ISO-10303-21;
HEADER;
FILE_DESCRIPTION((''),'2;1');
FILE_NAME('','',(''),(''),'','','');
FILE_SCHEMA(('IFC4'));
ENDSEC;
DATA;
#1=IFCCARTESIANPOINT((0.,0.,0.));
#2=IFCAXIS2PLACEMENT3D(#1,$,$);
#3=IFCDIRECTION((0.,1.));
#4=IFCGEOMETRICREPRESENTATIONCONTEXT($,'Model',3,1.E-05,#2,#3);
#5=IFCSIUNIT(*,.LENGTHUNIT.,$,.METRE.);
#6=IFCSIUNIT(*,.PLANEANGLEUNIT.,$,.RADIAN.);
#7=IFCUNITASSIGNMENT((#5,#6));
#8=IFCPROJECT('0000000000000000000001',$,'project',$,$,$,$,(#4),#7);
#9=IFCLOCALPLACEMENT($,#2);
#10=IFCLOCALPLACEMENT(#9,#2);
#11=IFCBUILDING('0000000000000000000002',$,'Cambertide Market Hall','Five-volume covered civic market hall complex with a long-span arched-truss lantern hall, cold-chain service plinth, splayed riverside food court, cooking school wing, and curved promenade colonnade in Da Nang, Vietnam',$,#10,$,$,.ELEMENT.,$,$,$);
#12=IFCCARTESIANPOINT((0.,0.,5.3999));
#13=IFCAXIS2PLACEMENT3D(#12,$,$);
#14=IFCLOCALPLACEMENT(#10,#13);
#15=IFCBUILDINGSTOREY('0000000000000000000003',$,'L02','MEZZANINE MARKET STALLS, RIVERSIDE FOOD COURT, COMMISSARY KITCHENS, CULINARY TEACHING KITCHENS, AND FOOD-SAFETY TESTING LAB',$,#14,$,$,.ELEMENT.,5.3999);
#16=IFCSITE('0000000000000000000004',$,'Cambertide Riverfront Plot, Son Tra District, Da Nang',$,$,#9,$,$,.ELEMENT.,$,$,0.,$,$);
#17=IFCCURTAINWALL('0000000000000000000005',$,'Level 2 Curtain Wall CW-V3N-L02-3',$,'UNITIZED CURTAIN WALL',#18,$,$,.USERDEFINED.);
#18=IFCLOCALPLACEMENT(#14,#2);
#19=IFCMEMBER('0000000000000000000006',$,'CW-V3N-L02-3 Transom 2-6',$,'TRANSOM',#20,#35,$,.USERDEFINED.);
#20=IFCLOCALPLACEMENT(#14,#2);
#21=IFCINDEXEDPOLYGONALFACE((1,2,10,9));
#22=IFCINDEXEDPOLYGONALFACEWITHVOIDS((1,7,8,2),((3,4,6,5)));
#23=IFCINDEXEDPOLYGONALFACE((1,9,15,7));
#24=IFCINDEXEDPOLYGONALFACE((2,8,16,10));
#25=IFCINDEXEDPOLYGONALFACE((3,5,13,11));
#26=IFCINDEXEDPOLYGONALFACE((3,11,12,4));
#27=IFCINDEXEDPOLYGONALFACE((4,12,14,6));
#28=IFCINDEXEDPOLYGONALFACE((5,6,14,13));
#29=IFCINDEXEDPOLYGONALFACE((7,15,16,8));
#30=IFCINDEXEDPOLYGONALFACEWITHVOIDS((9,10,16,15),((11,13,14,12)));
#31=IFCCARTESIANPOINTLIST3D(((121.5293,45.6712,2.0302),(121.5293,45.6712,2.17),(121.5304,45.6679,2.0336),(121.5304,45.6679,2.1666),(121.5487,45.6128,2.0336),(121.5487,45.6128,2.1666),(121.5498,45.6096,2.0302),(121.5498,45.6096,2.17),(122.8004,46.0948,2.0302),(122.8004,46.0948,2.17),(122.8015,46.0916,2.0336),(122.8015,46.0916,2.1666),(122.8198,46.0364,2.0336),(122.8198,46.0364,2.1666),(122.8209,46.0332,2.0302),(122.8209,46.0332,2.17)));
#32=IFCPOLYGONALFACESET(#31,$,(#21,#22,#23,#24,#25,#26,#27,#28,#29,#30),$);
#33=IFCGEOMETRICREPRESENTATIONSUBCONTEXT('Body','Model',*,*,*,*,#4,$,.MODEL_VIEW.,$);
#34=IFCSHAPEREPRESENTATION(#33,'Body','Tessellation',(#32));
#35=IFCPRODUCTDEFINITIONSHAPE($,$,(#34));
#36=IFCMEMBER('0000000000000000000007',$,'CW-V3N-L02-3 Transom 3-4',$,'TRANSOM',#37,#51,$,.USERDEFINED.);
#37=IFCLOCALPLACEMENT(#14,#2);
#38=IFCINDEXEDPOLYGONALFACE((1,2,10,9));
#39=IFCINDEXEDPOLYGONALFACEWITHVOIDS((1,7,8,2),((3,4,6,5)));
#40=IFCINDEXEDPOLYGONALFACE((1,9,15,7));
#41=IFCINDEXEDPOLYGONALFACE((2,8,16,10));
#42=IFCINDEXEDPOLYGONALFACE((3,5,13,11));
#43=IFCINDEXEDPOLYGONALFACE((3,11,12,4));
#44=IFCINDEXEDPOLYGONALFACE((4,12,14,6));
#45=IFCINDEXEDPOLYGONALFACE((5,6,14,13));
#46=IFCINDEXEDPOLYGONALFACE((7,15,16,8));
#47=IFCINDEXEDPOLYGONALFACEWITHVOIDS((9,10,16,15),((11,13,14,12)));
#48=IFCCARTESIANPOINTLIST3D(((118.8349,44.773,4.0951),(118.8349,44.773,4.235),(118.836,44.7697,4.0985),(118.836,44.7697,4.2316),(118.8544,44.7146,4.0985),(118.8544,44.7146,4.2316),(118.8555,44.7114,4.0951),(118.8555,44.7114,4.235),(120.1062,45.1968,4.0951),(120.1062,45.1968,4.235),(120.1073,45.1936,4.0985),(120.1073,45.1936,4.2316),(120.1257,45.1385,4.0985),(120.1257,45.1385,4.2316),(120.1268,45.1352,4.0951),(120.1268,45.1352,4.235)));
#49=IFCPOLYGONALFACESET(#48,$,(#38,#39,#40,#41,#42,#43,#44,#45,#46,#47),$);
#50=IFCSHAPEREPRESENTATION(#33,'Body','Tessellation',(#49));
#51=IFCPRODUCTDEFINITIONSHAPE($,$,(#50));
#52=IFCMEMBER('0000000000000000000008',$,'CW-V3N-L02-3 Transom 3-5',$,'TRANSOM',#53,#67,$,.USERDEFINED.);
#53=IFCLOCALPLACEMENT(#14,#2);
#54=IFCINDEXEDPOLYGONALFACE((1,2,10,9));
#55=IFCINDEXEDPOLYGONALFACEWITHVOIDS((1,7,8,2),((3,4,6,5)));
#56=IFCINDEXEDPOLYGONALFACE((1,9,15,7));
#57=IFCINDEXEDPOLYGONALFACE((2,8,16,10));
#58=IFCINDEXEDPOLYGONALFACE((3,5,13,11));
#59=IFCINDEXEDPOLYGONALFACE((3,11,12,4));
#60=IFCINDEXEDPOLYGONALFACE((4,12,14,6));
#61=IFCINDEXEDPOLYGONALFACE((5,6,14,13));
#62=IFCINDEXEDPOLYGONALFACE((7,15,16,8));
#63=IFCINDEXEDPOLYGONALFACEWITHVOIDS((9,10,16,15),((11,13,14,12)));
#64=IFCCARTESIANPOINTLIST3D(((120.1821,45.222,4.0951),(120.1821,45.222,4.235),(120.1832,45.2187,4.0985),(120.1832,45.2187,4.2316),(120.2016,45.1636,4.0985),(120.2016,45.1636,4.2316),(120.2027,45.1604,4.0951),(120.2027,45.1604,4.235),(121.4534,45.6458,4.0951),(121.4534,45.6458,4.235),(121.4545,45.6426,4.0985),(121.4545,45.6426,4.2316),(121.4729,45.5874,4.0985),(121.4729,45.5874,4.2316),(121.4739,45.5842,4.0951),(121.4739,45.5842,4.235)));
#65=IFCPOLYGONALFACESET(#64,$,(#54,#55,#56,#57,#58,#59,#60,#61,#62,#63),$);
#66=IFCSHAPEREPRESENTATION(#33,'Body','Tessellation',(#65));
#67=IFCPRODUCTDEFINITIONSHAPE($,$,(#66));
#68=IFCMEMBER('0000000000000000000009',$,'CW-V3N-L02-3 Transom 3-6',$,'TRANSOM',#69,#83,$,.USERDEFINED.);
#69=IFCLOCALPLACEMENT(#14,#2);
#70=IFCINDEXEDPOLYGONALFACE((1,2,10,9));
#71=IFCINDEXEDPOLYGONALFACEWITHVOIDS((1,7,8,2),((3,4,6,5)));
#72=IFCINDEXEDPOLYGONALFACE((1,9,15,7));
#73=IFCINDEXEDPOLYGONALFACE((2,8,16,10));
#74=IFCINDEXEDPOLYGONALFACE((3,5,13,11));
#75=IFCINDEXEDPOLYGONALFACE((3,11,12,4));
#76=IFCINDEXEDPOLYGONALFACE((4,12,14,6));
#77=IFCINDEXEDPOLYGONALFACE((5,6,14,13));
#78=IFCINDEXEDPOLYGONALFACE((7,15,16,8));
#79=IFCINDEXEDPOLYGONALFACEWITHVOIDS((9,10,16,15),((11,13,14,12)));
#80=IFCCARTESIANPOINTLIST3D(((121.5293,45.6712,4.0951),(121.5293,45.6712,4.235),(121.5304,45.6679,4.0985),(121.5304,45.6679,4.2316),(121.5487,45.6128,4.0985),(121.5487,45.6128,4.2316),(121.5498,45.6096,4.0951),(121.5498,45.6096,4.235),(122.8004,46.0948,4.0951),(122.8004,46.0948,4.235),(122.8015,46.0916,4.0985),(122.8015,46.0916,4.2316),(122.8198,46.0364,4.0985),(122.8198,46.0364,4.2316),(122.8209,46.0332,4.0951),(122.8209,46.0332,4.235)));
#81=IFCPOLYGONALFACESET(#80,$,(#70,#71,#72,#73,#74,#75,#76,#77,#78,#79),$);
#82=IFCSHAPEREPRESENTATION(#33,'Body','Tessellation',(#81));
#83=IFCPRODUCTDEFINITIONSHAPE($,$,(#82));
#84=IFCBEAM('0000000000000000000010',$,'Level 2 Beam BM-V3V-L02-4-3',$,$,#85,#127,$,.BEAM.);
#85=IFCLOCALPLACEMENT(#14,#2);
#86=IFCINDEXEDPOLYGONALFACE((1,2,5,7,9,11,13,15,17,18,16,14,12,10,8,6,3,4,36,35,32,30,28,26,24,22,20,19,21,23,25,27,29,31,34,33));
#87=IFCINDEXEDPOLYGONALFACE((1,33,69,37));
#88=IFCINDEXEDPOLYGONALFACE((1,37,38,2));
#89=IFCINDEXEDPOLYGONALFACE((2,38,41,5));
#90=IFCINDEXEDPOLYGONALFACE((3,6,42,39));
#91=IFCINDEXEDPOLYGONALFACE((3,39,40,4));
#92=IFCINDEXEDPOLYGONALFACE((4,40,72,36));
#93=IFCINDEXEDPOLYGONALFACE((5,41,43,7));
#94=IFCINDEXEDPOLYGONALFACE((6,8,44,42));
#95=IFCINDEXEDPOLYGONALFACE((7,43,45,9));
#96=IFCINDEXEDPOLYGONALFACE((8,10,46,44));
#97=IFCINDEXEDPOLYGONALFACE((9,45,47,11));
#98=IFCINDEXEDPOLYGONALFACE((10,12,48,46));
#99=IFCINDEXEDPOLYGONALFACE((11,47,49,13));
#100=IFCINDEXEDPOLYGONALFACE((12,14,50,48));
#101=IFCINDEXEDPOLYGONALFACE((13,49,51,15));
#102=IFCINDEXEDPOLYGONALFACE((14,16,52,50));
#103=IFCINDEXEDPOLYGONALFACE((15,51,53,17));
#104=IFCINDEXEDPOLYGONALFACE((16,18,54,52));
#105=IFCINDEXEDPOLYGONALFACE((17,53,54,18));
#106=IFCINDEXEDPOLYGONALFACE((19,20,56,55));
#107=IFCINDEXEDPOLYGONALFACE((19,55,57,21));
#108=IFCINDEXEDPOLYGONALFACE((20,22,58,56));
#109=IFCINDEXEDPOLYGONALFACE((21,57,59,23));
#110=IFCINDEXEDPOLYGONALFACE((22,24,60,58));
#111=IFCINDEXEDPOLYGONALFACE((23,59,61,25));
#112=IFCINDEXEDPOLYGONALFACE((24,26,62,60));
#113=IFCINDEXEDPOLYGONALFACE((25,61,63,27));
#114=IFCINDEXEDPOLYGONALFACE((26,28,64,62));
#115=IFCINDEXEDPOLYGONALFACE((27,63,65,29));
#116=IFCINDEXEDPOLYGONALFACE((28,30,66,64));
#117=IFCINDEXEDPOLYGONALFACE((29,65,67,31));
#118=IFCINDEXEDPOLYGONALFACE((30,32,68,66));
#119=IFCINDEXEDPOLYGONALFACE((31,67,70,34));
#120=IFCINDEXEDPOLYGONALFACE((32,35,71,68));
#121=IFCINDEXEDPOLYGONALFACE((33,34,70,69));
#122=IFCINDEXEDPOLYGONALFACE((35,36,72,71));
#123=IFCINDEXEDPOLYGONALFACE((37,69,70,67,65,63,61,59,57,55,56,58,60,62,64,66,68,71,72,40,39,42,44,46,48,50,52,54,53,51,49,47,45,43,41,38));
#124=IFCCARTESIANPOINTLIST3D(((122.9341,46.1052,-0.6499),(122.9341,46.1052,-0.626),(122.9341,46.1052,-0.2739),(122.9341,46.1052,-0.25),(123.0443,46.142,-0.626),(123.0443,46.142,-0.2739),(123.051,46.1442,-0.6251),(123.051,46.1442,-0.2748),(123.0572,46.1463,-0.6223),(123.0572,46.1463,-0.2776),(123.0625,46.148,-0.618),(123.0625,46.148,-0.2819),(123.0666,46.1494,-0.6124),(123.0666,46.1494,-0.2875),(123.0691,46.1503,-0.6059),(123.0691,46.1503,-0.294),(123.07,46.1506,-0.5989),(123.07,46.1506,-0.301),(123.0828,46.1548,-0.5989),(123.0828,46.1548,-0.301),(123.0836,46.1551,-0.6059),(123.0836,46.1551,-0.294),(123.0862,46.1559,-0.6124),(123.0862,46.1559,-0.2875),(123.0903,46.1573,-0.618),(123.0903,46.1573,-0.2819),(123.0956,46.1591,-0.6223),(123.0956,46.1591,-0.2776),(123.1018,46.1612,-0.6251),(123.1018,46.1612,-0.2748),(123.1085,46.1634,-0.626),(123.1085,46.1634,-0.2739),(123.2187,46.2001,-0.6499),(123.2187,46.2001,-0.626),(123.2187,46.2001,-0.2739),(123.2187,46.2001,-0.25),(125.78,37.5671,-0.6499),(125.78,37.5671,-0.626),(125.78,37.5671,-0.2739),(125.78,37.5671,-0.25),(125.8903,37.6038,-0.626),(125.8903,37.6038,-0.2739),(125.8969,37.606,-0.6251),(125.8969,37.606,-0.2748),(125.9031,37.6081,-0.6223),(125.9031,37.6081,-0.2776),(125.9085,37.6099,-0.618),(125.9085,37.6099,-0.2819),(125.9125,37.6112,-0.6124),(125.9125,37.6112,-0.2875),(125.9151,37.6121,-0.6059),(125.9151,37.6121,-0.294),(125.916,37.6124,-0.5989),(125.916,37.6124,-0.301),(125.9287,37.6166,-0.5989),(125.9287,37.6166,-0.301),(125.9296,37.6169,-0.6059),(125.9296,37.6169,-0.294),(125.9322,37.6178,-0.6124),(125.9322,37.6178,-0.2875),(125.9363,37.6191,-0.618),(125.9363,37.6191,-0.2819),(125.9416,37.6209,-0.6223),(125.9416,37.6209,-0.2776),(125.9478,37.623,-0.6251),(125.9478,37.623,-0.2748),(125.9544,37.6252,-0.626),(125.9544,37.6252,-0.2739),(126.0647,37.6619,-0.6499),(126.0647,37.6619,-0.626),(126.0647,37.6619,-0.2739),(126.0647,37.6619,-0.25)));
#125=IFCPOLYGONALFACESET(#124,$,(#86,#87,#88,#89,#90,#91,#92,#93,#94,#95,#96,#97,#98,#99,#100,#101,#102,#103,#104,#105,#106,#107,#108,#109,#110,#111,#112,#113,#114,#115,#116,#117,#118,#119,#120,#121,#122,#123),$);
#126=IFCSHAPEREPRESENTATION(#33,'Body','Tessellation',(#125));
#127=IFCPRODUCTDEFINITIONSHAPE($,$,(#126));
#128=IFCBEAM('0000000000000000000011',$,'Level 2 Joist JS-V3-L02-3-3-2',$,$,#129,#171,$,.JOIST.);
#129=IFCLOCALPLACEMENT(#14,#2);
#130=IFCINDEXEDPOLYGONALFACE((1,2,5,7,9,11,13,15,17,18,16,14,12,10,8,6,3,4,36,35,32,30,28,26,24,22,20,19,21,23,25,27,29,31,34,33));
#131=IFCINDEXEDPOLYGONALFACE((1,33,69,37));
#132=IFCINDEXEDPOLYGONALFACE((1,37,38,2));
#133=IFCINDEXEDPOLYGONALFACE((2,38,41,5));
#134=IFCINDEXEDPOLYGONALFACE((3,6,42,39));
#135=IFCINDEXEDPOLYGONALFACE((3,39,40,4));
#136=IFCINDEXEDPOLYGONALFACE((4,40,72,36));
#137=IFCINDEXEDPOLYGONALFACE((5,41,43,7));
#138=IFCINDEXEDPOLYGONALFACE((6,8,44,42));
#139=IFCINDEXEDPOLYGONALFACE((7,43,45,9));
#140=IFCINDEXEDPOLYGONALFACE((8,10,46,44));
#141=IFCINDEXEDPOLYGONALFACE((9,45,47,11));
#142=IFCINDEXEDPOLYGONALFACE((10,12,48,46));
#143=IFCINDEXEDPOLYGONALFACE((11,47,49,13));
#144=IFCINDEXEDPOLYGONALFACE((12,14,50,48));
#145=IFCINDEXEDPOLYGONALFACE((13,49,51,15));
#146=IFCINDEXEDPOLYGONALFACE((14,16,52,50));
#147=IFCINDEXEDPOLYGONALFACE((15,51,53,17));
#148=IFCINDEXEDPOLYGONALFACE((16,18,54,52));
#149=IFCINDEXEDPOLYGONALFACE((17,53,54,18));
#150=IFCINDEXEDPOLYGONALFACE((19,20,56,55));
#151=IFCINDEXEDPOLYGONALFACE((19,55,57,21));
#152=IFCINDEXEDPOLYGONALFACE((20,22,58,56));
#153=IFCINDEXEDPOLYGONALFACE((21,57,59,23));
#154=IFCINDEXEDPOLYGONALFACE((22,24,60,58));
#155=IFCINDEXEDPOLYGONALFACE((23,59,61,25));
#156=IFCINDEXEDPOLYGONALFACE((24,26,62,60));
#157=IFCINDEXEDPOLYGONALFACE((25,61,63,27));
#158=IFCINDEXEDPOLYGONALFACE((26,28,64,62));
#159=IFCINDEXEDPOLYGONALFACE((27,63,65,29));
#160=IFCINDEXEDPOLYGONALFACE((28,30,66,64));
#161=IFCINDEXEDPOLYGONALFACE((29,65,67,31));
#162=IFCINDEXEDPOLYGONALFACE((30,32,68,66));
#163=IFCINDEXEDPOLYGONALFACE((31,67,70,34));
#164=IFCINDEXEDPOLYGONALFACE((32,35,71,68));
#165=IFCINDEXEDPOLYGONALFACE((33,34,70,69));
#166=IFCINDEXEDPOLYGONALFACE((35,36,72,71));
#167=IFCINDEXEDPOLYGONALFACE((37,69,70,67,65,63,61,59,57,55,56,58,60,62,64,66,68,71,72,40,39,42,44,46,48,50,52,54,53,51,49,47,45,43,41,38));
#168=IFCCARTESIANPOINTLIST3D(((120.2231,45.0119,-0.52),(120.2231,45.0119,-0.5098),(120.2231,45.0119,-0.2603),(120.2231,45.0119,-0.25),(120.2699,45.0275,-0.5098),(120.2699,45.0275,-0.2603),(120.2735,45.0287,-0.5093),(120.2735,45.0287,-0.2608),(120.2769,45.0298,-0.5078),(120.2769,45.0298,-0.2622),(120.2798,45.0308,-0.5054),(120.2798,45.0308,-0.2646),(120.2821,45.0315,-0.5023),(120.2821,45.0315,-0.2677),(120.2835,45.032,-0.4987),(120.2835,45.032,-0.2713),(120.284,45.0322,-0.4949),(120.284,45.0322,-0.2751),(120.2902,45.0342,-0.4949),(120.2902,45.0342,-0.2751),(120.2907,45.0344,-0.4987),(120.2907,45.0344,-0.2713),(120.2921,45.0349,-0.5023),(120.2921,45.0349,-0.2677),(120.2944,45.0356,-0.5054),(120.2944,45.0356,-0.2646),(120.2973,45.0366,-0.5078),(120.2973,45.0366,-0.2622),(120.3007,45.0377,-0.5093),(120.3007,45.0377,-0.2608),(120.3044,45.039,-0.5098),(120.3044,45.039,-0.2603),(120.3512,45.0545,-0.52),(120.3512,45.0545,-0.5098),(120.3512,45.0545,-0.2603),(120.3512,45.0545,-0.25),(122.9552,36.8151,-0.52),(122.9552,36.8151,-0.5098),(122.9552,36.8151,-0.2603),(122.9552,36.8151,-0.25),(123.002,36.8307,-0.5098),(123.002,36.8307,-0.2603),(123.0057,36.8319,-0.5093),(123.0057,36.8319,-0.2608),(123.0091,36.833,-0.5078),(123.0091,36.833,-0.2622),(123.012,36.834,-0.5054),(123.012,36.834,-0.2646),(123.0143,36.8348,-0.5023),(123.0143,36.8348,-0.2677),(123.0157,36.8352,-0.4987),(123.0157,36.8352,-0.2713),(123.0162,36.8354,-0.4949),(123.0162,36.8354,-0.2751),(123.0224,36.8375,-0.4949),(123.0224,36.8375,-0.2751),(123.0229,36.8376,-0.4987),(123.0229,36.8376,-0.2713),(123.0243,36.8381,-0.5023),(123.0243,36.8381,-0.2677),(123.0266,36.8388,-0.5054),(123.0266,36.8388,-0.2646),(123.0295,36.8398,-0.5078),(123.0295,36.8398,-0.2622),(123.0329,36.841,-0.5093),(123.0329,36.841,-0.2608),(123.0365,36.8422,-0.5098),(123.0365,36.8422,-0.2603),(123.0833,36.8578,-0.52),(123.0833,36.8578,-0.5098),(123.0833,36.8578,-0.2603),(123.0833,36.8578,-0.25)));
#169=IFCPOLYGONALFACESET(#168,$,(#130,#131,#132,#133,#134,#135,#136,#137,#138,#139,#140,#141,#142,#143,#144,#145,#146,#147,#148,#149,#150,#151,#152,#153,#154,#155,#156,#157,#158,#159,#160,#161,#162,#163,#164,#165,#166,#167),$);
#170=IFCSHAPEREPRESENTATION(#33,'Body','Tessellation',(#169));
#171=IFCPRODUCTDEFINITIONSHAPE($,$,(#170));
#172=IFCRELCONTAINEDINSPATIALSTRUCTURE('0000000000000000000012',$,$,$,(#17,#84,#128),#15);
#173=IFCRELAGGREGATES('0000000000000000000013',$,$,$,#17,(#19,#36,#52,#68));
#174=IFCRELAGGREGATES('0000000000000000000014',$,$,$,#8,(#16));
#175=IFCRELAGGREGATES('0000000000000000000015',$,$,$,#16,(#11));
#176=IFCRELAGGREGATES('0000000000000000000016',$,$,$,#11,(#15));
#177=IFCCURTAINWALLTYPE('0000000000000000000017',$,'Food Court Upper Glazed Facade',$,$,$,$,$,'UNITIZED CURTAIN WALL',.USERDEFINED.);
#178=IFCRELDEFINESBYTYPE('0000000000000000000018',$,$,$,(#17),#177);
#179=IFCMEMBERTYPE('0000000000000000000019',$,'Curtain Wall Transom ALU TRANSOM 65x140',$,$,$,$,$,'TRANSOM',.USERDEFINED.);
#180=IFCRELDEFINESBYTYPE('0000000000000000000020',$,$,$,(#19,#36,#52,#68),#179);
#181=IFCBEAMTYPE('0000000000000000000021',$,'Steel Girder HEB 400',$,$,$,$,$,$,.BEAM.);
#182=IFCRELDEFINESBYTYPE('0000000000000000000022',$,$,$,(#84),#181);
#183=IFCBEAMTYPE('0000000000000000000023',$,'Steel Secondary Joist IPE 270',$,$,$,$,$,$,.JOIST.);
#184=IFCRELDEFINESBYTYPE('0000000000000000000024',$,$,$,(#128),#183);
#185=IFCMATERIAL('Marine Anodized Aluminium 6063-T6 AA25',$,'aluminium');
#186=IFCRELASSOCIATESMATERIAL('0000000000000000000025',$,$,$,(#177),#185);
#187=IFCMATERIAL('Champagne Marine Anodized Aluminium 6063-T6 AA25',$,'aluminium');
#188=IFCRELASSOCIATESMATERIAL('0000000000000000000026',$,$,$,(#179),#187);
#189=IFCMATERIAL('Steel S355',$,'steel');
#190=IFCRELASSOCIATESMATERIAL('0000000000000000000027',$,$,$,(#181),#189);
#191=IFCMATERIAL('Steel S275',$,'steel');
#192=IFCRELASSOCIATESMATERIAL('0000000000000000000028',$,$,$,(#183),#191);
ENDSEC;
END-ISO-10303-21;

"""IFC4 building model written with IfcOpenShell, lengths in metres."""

from ifc_helpers import new_model, si_unit, direction, frame, origin, origin_2d, place, context, subcontext, project, spatial, hollow_rectangle, i_section, extrude, material, material_profile, profile_set, type_object, element, aggregate, save


model = new_model("IFC4")

# Units and contexts
model_context = context("Model", 3, precision=1e-05, world=origin(), true_north=direction((0.0, 1.0)))
body_context = subcontext(model_context, "Body", "Model", "MODEL_VIEW")
ifc_project = project(units=[si_unit("LENGTHUNIT", "METRE"), si_unit("PLANEANGLEUNIT", "RADIAN")], contexts=[model_context])

# Site, building, storey
site_placement = place(None, origin())
site = spatial("IfcSite", under=ifc_project, at=site_placement, Name="Cambertide Riverfront Plot, Son Tra District, Da Nang", CompositionType="ELEMENT", RefElevation=0.0)
building_placement = place(site_placement, origin())
building = spatial("IfcBuilding", under=site, at=building_placement, Name="Cambertide Market Hall", Description="Five-volume covered civic market hall complex with a long-span arched-truss lantern hall, cold-chain service plinth, splayed riverside food court, cooking school wing, and curved promenade colonnade in Da Nang, Vietnam", CompositionType="ELEMENT")
storey_placement = place(building_placement, frame((0.0, 0.0, 5.3999)))
storey = spatial("IfcBuildingStorey", under=building, at=storey_placement, Name="L02", Description="MEZZANINE MARKET STALLS, RIVERSIDE FOOD COURT, COMMISSARY KITCHENS, CULINARY TEACHING KITCHENS, AND FOOD-SAFETY TESTING LAB", CompositionType="ELEMENT", Elevation=5.3999)

# Curtain wall, members
ifc_material_1 = material(Name="Marine Anodized Aluminium 6063-T6 AA25", Category="aluminium")
curtain_wall_type = type_object("IfcCurtainWallType", Name="Food Court Upper Glazed Facade", ElementType="UNITIZED CURTAIN WALL", PredefinedType="USERDEFINED", material=ifc_material_1)
curtain_wall_placement = place(storey_placement, origin())
curtain_wall = element("IfcCurtainWall", 1, at=curtain_wall_placement, inside=storey, type_object=curtain_wall_type, Name="Level 2 Curtain Wall CW-V3N-L02-3", ObjectType="UNITIZED CURTAIN WALL", PredefinedType="USERDEFINED")
ifc_material_2 = material(Name="Champagne Marine Anodized Aluminium 6063-T6 AA25", Category="aluminium")
ifc_material_profile_1 = material_profile(ifc_material_2, hollow_rectangle(XDim=0.0649, YDim=0.1399, WallThickness=0.0034, at=origin_2d()), Name="ALU TRANSOM 65x140")
ifc_profile_set_1 = profile_set([ifc_material_profile_1], Name="Champagne Marine Anodized Aluminium 6063-T6 AA25")
member_type_1 = type_object("IfcMemberType", Name="Curtain Wall Transom ALU TRANSOM 65x140", ElementType="TRANSOM", PredefinedType="USERDEFINED", material=ifc_profile_set_1)
member_1_placement = place(storey_placement, frame((121.5396, 45.6404, 2.1001), z_axis=(0.948702, 0.316173, 0.0), x_axis=(-0.316173, 0.948702, 0.0)))
member_1 = element("IfcMember", 2, at=member_1_placement, type_object=member_type_1, Name="CW-V3N-L02-3 Transom 2-6", ObjectType="TRANSOM", PredefinedType="USERDEFINED", context=body_context, shape_type="SweptSolid", body=[
    extrude(hollow_rectangle(XDim=0.0649, YDim=0.1399, WallThickness=0.0034, at=origin_2d()), origin(), (0.0, 0.0, 1.0), 1.3398),
])
member_2_placement = place(storey_placement, frame((118.8452, 44.7422, 4.165), z_axis=(0.948665, 0.316282, 0.0), x_axis=(-0.316282, 0.948665, 0.0)))
member_2 = element("IfcMember", 3, at=member_2_placement, type_object=member_type_1, Name="CW-V3N-L02-3 Transom 3-4", ObjectType="TRANSOM", PredefinedType="USERDEFINED", context=body_context, shape_type="SweptSolid", body=[
    extrude(hollow_rectangle(XDim=0.0649, YDim=0.1399, WallThickness=0.0034, at=origin_2d()), origin(), (0.0, 0.0, 1.0), 1.3401),
])
member_3_placement = place(storey_placement, frame((120.1924, 45.1912, 4.165), z_axis=(0.948665, 0.316282, 0.0), x_axis=(-0.316282, 0.948665, 0.0)))
member_3 = element("IfcMember", 4, at=member_3_placement, type_object=member_type_1, Name="CW-V3N-L02-3 Transom 3-5", ObjectType="TRANSOM", PredefinedType="USERDEFINED", context=body_context, shape_type="SweptSolid", body=[
    extrude(hollow_rectangle(XDim=0.0649, YDim=0.1399, WallThickness=0.0034, at=origin_2d()), origin(), (0.0, 0.0, 1.0), 1.3401),
])
member_4_placement = place(storey_placement, frame((121.5396, 45.6404, 4.165), z_axis=(0.948702, 0.316173, 0.0), x_axis=(-0.316173, 0.948702, 0.0)))
member_4 = element("IfcMember", 5, at=member_4_placement, type_object=member_type_1, Name="CW-V3N-L02-3 Transom 3-6", ObjectType="TRANSOM", PredefinedType="USERDEFINED", context=body_context, shape_type="SweptSolid", body=[
    extrude(hollow_rectangle(XDim=0.0649, YDim=0.1399, WallThickness=0.0034, at=origin_2d()), origin(), (0.0, 0.0, 1.0), 1.3398),
])

# Beams
ifc_material_3 = material(Name="Steel S355", Category="steel")
ifc_material_profile_2 = material_profile(ifc_material_3, i_section(OverallWidth=0.3, OverallDepth=0.3999, WebThickness=0.0134, FlangeThickness=0.0239, FilletRadius=0.0271, at=origin_2d()), Name="HEB 400")
ifc_profile_set_2 = profile_set([ifc_material_profile_2], Name="Steel S355")
beam_type_1 = type_object("IfcBeamType", Name="Steel Girder HEB 400", PredefinedType="BEAM", material=ifc_profile_set_2)
beam_1_placement = place(storey_placement, frame((125.9224, 37.6145, -0.45), z_axis=(-0.31622, 0.948686, 0.0), x_axis=(-0.948686, -0.31622, 0.0)))
element("IfcBeam", 6, at=beam_1_placement, inside=storey, type_object=beam_type_1, Name="Level 2 Beam BM-V3V-L02-4-3", PredefinedType="BEAM", context=body_context, shape_type="SweptSolid", body=[
    extrude(i_section(OverallWidth=0.3, OverallDepth=0.3999, WebThickness=0.0134, FlangeThickness=0.0239, FilletRadius=0.0271, at=origin_2d()), origin(), (0.0, 0.0, 1.0), 9.0),
])
ifc_material_4 = material(Name="Steel S275", Category="steel")
ifc_material_profile_3 = material_profile(ifc_material_4, i_section(OverallWidth=0.135, OverallDepth=0.27, WebThickness=0.0066, FlangeThickness=0.0103, FilletRadius=0.0149, at=origin_2d()), Name="IPE 270")
ifc_profile_set_3 = profile_set([ifc_material_profile_3], Name="Steel S275")
beam_type_2 = type_object("IfcBeamType", Name="Steel Secondary Joist IPE 270", PredefinedType="JOIST", material=ifc_profile_set_3)
beam_2_placement = place(storey_placement, frame((123.0193, 36.8364, -0.385), z_axis=(-0.316219, 0.948686, 0.0), x_axis=(-0.948686, -0.316219, 0.0)))
element("IfcBeam", 7, at=beam_2_placement, inside=storey, type_object=beam_type_2, Name="Level 2 Joist JS-V3-L02-3-3-2", PredefinedType="JOIST", context=body_context, shape_type="SweptSolid", body=[
    extrude(i_section(OverallWidth=0.135, OverallDepth=0.27, WebThickness=0.0066, FlangeThickness=0.0103, FilletRadius=0.0149, at=origin_2d()), origin(), (0.0, 0.0, 1.0), 8.6401),
])

aggregate(curtain_wall, [member_1, member_2, member_3, member_4])

save(model, "model.ifc")
